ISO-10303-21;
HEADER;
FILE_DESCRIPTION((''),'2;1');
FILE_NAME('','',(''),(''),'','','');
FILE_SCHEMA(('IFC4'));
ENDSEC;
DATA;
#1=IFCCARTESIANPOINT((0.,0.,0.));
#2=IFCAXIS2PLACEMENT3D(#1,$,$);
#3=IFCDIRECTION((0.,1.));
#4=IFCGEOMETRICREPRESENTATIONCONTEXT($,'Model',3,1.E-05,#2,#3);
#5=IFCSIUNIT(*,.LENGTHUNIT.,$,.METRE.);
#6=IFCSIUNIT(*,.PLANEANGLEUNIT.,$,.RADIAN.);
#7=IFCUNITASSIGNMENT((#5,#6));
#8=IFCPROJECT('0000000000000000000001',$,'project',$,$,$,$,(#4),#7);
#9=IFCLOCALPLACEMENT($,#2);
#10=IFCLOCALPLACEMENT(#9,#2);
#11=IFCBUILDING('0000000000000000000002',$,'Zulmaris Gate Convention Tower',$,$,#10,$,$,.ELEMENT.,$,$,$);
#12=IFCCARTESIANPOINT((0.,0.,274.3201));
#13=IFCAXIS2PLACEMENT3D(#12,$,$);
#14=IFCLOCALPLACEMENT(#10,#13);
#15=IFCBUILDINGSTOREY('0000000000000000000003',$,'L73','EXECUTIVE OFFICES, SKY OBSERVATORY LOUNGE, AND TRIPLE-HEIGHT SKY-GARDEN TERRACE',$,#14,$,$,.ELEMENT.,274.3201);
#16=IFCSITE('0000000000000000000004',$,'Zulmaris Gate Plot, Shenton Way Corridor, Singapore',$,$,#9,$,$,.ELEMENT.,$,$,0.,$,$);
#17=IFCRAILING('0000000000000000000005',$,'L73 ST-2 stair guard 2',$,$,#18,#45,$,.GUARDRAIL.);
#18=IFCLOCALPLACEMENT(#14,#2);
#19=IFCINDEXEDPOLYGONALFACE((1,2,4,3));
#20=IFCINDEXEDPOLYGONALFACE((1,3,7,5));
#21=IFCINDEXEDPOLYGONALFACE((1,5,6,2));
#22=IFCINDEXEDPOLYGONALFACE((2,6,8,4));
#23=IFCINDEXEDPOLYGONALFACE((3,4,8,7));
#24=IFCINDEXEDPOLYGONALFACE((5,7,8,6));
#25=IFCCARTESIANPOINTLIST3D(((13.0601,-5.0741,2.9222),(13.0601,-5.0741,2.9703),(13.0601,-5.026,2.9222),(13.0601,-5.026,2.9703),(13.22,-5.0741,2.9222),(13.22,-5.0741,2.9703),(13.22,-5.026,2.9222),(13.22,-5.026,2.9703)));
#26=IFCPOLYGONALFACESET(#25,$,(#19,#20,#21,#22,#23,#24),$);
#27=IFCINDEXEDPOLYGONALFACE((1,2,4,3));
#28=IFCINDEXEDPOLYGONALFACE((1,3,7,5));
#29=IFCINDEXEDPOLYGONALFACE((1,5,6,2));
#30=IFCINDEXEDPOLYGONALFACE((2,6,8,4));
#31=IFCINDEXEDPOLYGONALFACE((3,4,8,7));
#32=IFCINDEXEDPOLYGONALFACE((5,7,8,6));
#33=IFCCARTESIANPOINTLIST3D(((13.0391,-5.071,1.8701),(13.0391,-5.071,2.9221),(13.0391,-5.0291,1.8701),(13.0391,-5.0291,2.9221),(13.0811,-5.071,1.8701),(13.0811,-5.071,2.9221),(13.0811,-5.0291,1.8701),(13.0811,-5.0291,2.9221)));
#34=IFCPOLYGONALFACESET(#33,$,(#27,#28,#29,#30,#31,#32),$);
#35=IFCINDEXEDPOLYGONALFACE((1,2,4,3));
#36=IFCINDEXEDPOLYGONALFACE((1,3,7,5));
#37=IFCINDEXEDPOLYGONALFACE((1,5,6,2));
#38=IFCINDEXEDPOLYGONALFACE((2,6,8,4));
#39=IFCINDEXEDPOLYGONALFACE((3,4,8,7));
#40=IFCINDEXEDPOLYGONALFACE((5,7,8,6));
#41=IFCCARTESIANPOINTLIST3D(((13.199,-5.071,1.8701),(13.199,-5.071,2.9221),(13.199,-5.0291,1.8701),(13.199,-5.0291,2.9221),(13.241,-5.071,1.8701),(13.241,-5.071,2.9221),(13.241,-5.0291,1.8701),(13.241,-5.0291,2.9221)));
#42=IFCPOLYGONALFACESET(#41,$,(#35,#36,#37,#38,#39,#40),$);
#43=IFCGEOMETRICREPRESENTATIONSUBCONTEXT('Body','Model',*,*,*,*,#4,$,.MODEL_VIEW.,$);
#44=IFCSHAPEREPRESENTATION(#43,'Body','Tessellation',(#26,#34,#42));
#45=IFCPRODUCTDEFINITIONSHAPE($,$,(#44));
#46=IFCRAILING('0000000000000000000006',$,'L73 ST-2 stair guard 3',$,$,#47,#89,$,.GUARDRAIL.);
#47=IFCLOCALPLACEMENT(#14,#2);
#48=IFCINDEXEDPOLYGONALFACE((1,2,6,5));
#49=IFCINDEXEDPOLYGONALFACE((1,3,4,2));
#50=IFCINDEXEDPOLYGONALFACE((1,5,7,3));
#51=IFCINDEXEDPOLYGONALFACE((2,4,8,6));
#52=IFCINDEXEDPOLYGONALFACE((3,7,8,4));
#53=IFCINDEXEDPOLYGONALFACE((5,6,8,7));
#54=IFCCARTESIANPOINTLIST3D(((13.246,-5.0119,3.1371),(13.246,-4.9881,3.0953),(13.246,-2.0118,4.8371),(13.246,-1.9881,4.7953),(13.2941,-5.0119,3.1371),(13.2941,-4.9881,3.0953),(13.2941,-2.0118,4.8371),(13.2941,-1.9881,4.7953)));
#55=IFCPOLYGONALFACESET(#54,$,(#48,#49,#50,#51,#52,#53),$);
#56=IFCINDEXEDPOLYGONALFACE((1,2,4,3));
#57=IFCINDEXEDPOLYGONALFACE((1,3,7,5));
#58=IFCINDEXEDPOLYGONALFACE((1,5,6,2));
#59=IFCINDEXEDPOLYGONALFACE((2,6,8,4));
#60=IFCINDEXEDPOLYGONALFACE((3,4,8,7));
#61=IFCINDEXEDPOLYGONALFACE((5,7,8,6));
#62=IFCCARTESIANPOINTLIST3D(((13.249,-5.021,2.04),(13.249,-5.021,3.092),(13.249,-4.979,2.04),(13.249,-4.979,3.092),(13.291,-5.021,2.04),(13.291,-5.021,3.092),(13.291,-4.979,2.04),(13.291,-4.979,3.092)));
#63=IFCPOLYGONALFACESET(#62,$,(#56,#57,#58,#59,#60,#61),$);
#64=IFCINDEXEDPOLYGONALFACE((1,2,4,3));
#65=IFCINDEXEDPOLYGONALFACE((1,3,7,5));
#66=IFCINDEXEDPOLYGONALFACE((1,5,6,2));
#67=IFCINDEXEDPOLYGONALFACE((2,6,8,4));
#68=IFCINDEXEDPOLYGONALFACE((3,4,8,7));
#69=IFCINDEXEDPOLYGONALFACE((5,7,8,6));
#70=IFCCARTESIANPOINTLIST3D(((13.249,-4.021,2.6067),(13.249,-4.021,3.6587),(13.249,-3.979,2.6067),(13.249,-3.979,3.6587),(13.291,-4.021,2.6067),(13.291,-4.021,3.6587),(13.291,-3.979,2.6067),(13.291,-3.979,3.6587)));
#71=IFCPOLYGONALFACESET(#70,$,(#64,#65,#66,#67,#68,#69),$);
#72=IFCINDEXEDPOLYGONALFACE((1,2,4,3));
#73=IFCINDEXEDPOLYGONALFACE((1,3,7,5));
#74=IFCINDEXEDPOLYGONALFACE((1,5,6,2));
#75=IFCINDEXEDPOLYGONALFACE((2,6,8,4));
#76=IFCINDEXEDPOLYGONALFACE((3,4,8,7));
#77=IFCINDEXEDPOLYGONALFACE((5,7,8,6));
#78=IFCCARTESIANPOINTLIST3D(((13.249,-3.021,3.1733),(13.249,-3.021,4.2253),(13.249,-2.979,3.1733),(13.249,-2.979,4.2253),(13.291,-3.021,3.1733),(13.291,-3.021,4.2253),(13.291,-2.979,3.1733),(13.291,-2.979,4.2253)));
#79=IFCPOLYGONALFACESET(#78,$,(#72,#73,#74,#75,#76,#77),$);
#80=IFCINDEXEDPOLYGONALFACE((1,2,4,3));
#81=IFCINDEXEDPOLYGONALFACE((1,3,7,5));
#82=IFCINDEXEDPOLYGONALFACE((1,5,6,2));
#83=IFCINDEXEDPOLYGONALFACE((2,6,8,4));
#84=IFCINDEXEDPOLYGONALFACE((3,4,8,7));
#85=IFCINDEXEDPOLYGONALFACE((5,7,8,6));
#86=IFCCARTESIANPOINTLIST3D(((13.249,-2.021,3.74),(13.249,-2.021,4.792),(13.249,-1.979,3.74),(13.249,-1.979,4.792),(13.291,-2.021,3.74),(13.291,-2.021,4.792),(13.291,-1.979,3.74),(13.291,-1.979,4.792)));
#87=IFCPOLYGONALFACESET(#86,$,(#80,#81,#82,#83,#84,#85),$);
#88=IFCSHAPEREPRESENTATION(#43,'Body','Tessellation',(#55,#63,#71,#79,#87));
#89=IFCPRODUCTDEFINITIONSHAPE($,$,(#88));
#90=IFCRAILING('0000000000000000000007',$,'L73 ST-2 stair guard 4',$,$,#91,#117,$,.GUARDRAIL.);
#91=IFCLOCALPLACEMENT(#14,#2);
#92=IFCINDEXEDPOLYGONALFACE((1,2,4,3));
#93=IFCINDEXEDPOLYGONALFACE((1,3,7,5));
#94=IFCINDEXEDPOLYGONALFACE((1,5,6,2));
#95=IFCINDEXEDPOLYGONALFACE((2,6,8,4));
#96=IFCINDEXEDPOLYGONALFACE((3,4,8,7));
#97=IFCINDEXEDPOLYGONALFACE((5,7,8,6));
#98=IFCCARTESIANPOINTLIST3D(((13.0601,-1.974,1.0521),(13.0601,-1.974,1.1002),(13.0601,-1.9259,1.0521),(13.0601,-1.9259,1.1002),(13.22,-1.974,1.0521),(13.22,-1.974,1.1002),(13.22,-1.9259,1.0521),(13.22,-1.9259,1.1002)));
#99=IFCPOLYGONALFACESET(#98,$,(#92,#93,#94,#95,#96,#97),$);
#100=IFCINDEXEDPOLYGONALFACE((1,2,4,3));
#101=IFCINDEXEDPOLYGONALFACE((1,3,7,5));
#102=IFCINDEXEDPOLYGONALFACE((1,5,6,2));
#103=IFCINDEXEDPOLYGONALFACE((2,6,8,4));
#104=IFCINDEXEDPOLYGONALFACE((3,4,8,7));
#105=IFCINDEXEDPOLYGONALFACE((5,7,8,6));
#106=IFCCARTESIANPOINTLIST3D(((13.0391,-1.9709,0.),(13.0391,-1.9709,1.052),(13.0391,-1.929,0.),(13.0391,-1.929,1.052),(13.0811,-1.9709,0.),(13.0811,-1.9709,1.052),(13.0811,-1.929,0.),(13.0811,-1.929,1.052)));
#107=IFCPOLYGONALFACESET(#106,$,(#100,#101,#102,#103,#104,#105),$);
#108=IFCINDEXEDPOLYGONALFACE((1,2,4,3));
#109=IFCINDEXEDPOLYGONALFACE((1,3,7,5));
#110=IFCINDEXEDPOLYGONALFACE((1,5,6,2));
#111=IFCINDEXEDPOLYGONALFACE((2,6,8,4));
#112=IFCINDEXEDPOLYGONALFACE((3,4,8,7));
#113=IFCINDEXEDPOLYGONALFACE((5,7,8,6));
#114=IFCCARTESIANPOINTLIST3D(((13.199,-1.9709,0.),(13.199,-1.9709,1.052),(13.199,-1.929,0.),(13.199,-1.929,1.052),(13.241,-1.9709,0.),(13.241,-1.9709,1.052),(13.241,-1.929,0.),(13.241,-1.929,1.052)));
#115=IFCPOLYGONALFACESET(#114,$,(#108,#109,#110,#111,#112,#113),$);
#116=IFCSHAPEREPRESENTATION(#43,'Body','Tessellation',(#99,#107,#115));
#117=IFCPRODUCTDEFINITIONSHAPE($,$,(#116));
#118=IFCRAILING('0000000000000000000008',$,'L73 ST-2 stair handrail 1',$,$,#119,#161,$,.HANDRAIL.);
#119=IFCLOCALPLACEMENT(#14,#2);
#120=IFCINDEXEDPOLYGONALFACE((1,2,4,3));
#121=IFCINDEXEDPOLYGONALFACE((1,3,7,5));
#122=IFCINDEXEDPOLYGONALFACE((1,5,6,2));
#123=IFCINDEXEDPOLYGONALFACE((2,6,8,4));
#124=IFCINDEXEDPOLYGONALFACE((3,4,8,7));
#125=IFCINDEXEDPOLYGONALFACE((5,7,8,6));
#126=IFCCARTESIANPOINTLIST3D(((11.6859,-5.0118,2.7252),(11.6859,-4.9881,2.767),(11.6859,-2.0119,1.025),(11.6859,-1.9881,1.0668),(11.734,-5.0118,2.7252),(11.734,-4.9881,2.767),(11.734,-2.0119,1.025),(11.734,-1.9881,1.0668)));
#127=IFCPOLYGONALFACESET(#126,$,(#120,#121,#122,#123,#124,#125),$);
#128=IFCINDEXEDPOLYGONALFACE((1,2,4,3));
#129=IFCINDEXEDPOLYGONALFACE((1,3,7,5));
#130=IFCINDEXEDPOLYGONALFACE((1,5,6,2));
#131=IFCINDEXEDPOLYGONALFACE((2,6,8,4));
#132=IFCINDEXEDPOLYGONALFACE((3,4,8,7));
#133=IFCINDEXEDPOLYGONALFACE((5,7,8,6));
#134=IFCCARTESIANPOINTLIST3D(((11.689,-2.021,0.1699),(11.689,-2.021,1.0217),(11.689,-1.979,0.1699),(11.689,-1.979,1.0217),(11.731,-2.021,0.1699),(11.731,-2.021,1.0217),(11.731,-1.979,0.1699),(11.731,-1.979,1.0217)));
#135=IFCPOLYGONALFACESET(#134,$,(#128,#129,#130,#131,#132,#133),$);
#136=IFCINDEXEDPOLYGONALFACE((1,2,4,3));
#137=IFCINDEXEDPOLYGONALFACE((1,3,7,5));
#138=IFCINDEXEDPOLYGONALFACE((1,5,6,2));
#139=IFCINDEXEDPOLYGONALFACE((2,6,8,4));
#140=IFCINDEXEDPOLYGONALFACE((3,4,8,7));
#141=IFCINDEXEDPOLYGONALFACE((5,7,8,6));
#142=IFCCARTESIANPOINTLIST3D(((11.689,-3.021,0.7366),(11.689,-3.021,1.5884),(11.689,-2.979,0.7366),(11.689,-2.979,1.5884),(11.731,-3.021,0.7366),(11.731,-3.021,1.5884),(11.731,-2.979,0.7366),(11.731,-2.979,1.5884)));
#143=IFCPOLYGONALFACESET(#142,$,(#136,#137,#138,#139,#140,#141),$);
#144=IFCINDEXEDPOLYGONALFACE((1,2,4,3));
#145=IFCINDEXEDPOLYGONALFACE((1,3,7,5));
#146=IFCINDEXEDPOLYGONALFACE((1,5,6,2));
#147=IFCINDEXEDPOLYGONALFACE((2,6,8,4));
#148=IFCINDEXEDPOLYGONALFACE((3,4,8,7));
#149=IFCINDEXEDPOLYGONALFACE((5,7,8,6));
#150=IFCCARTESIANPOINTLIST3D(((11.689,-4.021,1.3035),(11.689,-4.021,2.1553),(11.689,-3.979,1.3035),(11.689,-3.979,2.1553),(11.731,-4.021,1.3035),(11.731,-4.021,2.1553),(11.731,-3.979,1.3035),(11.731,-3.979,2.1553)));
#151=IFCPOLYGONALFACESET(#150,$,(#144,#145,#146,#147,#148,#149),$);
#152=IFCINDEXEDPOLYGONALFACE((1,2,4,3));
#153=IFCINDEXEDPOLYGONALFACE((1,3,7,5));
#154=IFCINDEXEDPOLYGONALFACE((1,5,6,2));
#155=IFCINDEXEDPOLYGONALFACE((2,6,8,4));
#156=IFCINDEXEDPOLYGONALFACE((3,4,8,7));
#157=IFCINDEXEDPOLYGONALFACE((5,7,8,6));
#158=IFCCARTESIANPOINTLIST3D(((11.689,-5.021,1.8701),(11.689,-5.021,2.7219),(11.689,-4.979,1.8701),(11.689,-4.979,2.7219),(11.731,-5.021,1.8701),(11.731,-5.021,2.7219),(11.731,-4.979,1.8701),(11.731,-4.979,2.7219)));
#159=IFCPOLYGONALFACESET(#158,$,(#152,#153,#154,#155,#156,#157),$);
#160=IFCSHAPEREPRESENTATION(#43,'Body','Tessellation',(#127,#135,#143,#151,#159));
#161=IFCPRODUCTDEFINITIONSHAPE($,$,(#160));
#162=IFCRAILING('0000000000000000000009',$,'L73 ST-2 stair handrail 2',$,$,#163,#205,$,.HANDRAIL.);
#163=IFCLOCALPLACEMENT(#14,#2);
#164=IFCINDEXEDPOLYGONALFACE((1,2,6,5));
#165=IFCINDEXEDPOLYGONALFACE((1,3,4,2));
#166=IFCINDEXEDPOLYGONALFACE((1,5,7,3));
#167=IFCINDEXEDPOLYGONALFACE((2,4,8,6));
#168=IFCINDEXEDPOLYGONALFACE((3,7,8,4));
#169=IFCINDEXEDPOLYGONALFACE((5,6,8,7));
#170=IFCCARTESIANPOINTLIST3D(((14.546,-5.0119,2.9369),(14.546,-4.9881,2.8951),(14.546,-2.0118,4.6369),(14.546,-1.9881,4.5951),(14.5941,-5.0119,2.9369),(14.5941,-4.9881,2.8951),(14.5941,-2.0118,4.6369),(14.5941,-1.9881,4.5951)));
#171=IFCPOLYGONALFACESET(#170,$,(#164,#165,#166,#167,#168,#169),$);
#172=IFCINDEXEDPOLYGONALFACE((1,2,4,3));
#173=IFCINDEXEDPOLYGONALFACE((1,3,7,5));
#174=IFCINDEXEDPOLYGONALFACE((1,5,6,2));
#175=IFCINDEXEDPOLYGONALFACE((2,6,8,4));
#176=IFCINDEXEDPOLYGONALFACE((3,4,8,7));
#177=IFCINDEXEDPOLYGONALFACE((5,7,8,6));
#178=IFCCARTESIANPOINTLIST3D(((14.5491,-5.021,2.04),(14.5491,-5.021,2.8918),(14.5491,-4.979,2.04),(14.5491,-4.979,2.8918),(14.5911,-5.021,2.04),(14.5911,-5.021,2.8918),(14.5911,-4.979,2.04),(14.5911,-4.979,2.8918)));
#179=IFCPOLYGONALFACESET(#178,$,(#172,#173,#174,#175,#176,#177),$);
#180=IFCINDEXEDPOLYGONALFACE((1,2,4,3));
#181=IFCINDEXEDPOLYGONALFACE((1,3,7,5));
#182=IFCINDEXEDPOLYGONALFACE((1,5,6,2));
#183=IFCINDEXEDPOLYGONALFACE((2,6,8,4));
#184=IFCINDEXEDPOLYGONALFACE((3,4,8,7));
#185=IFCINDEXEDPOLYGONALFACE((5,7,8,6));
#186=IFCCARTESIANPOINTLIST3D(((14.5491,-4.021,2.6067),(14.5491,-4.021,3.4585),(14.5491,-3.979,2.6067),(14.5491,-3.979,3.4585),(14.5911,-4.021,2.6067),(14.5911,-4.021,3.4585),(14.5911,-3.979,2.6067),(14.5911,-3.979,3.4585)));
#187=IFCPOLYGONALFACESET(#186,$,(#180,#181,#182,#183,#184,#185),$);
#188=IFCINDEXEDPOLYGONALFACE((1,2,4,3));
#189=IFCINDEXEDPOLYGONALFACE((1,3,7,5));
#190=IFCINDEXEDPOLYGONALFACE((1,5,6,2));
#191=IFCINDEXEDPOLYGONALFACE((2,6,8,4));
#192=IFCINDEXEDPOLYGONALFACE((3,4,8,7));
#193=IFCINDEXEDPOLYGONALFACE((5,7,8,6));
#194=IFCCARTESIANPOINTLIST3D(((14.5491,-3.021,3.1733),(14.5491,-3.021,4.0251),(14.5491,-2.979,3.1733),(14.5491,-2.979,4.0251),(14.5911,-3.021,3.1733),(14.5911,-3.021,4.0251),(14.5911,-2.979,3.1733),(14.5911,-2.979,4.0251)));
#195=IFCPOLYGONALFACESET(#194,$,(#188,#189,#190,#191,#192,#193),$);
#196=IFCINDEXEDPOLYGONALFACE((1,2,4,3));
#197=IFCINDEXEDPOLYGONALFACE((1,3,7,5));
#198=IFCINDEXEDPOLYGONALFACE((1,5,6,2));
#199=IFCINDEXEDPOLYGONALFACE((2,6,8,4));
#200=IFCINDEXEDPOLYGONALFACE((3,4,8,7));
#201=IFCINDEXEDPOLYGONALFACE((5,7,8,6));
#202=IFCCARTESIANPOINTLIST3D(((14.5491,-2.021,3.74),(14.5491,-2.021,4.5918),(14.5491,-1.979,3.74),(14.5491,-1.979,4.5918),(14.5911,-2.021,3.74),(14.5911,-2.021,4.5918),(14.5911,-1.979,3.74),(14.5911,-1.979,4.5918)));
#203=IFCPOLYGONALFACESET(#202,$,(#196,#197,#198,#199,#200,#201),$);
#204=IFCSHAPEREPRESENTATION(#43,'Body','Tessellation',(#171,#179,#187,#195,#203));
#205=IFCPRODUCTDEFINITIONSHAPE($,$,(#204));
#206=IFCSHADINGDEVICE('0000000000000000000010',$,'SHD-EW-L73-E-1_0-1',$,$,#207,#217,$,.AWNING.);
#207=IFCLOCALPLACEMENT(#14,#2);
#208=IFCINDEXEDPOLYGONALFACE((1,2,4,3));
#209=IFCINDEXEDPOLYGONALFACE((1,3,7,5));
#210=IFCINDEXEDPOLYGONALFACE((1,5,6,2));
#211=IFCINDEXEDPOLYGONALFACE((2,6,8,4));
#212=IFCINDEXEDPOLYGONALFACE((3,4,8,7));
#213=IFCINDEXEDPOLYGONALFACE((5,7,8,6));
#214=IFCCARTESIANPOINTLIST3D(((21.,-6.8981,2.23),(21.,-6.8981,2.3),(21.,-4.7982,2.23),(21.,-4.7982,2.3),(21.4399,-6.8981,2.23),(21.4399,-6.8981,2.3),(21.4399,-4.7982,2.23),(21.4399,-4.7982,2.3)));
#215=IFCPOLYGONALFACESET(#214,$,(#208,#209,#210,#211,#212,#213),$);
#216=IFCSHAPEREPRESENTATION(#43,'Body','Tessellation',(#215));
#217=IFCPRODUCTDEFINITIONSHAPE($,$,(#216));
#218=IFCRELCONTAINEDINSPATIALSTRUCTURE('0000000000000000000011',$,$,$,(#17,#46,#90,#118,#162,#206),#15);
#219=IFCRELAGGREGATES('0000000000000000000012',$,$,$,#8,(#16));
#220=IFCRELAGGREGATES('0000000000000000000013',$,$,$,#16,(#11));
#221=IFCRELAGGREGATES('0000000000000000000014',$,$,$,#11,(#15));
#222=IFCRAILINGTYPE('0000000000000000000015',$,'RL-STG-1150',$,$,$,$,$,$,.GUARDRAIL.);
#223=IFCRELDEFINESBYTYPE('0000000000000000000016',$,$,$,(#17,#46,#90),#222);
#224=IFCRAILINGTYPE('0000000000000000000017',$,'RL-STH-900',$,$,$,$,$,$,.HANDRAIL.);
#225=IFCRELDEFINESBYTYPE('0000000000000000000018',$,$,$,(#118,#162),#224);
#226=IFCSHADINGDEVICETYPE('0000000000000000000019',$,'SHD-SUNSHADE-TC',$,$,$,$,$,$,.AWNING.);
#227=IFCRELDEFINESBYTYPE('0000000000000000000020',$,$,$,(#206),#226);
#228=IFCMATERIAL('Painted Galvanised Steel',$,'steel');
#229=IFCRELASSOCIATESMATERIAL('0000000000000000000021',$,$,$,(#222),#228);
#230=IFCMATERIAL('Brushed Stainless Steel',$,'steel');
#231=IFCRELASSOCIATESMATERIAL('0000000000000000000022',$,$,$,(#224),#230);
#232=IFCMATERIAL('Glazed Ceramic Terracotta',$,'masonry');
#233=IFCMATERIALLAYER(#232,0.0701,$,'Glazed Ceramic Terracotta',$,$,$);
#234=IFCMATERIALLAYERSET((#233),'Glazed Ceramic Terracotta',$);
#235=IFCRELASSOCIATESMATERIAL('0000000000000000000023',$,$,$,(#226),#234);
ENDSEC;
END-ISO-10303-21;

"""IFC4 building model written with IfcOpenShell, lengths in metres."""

from ifc_helpers import new_model, si_unit, direction, frame, frame_2d, origin, origin_2d, place, context, subcontext, project, spatial, rectangle, extrude, material, layer, layer_set, type_object, element, save


model = new_model("IFC4")

# Units and contexts
model_context = context("Model", 3, precision=1e-05, world=origin(), true_north=direction((0.0, 1.0)))
body_context = subcontext(model_context, "Body", "Model", "MODEL_VIEW")
ifc_project = project(units=[si_unit("LENGTHUNIT", "METRE"), si_unit("PLANEANGLEUNIT", "RADIAN")], contexts=[model_context])

# Site, building, storey
site_placement = place(None, origin())
site = spatial("IfcSite", under=ifc_project, at=site_placement, Name="Zulmaris Gate Plot, Shenton Way Corridor, Singapore", CompositionType="ELEMENT", RefElevation=0.0)
building_placement = place(site_placement, origin())
building = spatial("IfcBuilding", under=site, at=building_placement, Name="Zulmaris Gate Convention Tower", CompositionType="ELEMENT")
storey_placement = place(building_placement, frame((0.0, 0.0, 274.3201)))
storey = spatial("IfcBuildingStorey", under=building, at=storey_placement, Name="L73", Description="EXECUTIVE OFFICES, SKY OBSERVATORY LOUNGE, AND TRIPLE-HEIGHT SKY-GARDEN TERRACE", CompositionType="ELEMENT", Elevation=274.3201)

# Railings
ifc_material_1 = material(Name="Painted Galvanised Steel", Category="steel")
railing_type_1 = type_object("IfcRailingType", Name="RL-STG-1150", PredefinedType="GUARDRAIL", material=ifc_material_1)
railing_1_placement = place(storey_placement, frame((13.0601, -5.05, 1.8701)))
element("IfcRailing", 1, at=railing_1_placement, inside=storey, type_object=railing_type_1, Name="L73 ST-2 stair guard 2", PredefinedType="GUARDRAIL", context=body_context, shape_type="SweptSolid", body=[
    extrude(rectangle(XDim=0.0481, YDim=0.0481, at=origin_2d()), frame((0.0, 0.0, 1.0762), z_axis=(1.0, 0.0, 0.0), x_axis=(0.0, 1.0, 0.0)), (0.0, 0.0, 1.0), 0.1599),
    extrude(rectangle(XDim=0.042, YDim=0.042, at=origin_2d()), origin(), (0.0, 0.0, 1.0), 1.052),
    extrude(rectangle(XDim=0.042, YDim=0.042, at=origin_2d()), frame((0.1599, 0.0, 0.0)), (0.0, 0.0, 1.0), 1.052),
])
railing_2_placement = place(storey_placement, frame((13.27, -5.0, 2.04)))
element("IfcRailing", 2, at=railing_2_placement, inside=storey, type_object=railing_type_1, Name="L73 ST-2 stair guard 3", PredefinedType="GUARDRAIL", context=body_context, shape_type="SweptSolid", body=[
    extrude(rectangle(XDim=0.0481, YDim=0.0481, at=origin_2d()), frame((0.0, 0.0, 1.0762), z_axis=(0.0, 0.870028, 0.493002), x_axis=(-1.0, 0.0, 0.0)), (0.0, 0.0, 1.0), 3.4482),
    extrude(rectangle(XDim=0.042, YDim=0.042, at=origin_2d()), origin(), (0.0, 0.0, 1.0), 1.052),
    extrude(rectangle(XDim=0.042, YDim=0.042, at=origin_2d()), frame((0.0, 1.0, 0.5667)), (0.0, 0.0, 1.0), 1.052),
    extrude(rectangle(XDim=0.042, YDim=0.042, at=origin_2d()), frame((0.0, 2.0, 1.1333)), (0.0, 0.0, 1.0), 1.052),
    extrude(rectangle(XDim=0.042, YDim=0.042, at=origin_2d()), frame((0.0, 3.0, 1.7)), (0.0, 0.0, 1.0), 1.052),
])
railing_3_placement = place(storey_placement, frame((13.0601, -1.95, 0.0)))
element("IfcRailing", 3, at=railing_3_placement, inside=storey, type_object=railing_type_1, Name="L73 ST-2 stair guard 4", PredefinedType="GUARDRAIL", context=body_context, shape_type="SweptSolid", body=[
    extrude(rectangle(XDim=0.0481, YDim=0.0481, at=origin_2d()), frame((0.0, 0.0, 1.0762), z_axis=(1.0, 0.0, 0.0), x_axis=(0.0, 1.0, 0.0)), (0.0, 0.0, 1.0), 0.1599),
    extrude(rectangle(XDim=0.042, YDim=0.042, at=origin_2d()), origin(), (0.0, 0.0, 1.0), 1.052),
    extrude(rectangle(XDim=0.042, YDim=0.042, at=origin_2d()), frame((0.1599, 0.0, 0.0)), (0.0, 0.0, 1.0), 1.052),
])
ifc_material_2 = material(Name="Brushed Stainless Steel", Category="steel")
railing_type_2 = type_object("IfcRailingType", Name="RL-STH-900", PredefinedType="HANDRAIL", material=ifc_material_2)
railing_4_placement = place(storey_placement, frame((11.71, -2.0, 0.1699)))
element("IfcRailing", 4, at=railing_4_placement, inside=storey, type_object=railing_type_2, Name="L73 ST-2 stair handrail 1", PredefinedType="HANDRAIL", context=body_context, shape_type="SweptSolid", body=[
    extrude(rectangle(XDim=0.0481, YDim=0.0481, at=origin_2d()), frame((0.0, 0.0, 0.876), z_axis=(0.0, -0.869998, 0.493055), x_axis=(1.0, 0.0, 0.0)), (0.0, 0.0, 1.0), 3.4482),
    extrude(rectangle(XDim=0.042, YDim=0.042, at=origin_2d()), origin(), (0.0, 0.0, 1.0), 0.8518),
    extrude(rectangle(XDim=0.042, YDim=0.042, at=origin_2d()), frame((0.0, -1.0, 0.5667)), (0.0, 0.0, 1.0), 0.8518),
    extrude(rectangle(XDim=0.042, YDim=0.042, at=origin_2d()), frame((0.0, -2.0, 1.1335)), (0.0, 0.0, 1.0), 0.8518),
    extrude(rectangle(XDim=0.042, YDim=0.042, at=origin_2d()), frame((0.0, -3.0, 1.7002)), (0.0, 0.0, 1.0), 0.8518),
])
railing_5_placement = place(storey_placement, frame((14.5701, -5.0, 2.04)))
element("IfcRailing", 5, at=railing_5_placement, inside=storey, type_object=railing_type_2, Name="L73 ST-2 stair handrail 2", PredefinedType="HANDRAIL", context=body_context, shape_type="SweptSolid", body=[
    extrude(rectangle(XDim=0.0481, YDim=0.0481, at=origin_2d()), frame((0.0, 0.0, 0.876), z_axis=(0.0, 0.870028, 0.493002), x_axis=(-1.0, 0.0, 0.0)), (0.0, 0.0, 1.0), 3.4482),
    extrude(rectangle(XDim=0.042, YDim=0.042, at=origin_2d()), origin(), (0.0, 0.0, 1.0), 0.8518),
    extrude(rectangle(XDim=0.042, YDim=0.042, at=origin_2d()), frame((0.0, 1.0, 0.5667)), (0.0, 0.0, 1.0), 0.8518),
    extrude(rectangle(XDim=0.042, YDim=0.042, at=origin_2d()), frame((0.0, 2.0, 1.1333)), (0.0, 0.0, 1.0), 0.8518),
    extrude(rectangle(XDim=0.042, YDim=0.042, at=origin_2d()), frame((0.0, 3.0, 1.7)), (0.0, 0.0, 1.0), 0.8518),
])

# Shading device
ifc_material_3 = material(Name="Glazed Ceramic Terracotta", Category="masonry")
ifc_layer_1 = layer(ifc_material_3, 0.0701, Name="Glazed Ceramic Terracotta")
ifc_layer_set_1 = layer_set([ifc_layer_1], Name="Glazed Ceramic Terracotta")
shading_device_type = type_object("IfcShadingDeviceType", Name="SHD-SUNSHADE-TC", PredefinedType="AWNING", material=ifc_layer_set_1)
for number, where, z_axis, x_axis, name in (
    (6, (21.22, -6.8979, 2.23), (0.0, 0.0, 1.0), (0.0, 1.0, 0.0), "SHD-EW-L73-E-1_0-1"),
):
    element("IfcShadingDevice", number, at=place(storey_placement, frame(where, z_axis=z_axis, x_axis=x_axis)), inside=storey, type_object=shading_device_type, Name=name, PredefinedType="AWNING", context=body_context, shape_type="SweptSolid", body=[
        extrude(rectangle(XDim=2.0999, YDim=0.4399, at=frame_2d((1.0498, 0.0))), origin(), (0.0, 0.0, 1.0), 0.0701),
    ])

save(model, "model.ifc")
